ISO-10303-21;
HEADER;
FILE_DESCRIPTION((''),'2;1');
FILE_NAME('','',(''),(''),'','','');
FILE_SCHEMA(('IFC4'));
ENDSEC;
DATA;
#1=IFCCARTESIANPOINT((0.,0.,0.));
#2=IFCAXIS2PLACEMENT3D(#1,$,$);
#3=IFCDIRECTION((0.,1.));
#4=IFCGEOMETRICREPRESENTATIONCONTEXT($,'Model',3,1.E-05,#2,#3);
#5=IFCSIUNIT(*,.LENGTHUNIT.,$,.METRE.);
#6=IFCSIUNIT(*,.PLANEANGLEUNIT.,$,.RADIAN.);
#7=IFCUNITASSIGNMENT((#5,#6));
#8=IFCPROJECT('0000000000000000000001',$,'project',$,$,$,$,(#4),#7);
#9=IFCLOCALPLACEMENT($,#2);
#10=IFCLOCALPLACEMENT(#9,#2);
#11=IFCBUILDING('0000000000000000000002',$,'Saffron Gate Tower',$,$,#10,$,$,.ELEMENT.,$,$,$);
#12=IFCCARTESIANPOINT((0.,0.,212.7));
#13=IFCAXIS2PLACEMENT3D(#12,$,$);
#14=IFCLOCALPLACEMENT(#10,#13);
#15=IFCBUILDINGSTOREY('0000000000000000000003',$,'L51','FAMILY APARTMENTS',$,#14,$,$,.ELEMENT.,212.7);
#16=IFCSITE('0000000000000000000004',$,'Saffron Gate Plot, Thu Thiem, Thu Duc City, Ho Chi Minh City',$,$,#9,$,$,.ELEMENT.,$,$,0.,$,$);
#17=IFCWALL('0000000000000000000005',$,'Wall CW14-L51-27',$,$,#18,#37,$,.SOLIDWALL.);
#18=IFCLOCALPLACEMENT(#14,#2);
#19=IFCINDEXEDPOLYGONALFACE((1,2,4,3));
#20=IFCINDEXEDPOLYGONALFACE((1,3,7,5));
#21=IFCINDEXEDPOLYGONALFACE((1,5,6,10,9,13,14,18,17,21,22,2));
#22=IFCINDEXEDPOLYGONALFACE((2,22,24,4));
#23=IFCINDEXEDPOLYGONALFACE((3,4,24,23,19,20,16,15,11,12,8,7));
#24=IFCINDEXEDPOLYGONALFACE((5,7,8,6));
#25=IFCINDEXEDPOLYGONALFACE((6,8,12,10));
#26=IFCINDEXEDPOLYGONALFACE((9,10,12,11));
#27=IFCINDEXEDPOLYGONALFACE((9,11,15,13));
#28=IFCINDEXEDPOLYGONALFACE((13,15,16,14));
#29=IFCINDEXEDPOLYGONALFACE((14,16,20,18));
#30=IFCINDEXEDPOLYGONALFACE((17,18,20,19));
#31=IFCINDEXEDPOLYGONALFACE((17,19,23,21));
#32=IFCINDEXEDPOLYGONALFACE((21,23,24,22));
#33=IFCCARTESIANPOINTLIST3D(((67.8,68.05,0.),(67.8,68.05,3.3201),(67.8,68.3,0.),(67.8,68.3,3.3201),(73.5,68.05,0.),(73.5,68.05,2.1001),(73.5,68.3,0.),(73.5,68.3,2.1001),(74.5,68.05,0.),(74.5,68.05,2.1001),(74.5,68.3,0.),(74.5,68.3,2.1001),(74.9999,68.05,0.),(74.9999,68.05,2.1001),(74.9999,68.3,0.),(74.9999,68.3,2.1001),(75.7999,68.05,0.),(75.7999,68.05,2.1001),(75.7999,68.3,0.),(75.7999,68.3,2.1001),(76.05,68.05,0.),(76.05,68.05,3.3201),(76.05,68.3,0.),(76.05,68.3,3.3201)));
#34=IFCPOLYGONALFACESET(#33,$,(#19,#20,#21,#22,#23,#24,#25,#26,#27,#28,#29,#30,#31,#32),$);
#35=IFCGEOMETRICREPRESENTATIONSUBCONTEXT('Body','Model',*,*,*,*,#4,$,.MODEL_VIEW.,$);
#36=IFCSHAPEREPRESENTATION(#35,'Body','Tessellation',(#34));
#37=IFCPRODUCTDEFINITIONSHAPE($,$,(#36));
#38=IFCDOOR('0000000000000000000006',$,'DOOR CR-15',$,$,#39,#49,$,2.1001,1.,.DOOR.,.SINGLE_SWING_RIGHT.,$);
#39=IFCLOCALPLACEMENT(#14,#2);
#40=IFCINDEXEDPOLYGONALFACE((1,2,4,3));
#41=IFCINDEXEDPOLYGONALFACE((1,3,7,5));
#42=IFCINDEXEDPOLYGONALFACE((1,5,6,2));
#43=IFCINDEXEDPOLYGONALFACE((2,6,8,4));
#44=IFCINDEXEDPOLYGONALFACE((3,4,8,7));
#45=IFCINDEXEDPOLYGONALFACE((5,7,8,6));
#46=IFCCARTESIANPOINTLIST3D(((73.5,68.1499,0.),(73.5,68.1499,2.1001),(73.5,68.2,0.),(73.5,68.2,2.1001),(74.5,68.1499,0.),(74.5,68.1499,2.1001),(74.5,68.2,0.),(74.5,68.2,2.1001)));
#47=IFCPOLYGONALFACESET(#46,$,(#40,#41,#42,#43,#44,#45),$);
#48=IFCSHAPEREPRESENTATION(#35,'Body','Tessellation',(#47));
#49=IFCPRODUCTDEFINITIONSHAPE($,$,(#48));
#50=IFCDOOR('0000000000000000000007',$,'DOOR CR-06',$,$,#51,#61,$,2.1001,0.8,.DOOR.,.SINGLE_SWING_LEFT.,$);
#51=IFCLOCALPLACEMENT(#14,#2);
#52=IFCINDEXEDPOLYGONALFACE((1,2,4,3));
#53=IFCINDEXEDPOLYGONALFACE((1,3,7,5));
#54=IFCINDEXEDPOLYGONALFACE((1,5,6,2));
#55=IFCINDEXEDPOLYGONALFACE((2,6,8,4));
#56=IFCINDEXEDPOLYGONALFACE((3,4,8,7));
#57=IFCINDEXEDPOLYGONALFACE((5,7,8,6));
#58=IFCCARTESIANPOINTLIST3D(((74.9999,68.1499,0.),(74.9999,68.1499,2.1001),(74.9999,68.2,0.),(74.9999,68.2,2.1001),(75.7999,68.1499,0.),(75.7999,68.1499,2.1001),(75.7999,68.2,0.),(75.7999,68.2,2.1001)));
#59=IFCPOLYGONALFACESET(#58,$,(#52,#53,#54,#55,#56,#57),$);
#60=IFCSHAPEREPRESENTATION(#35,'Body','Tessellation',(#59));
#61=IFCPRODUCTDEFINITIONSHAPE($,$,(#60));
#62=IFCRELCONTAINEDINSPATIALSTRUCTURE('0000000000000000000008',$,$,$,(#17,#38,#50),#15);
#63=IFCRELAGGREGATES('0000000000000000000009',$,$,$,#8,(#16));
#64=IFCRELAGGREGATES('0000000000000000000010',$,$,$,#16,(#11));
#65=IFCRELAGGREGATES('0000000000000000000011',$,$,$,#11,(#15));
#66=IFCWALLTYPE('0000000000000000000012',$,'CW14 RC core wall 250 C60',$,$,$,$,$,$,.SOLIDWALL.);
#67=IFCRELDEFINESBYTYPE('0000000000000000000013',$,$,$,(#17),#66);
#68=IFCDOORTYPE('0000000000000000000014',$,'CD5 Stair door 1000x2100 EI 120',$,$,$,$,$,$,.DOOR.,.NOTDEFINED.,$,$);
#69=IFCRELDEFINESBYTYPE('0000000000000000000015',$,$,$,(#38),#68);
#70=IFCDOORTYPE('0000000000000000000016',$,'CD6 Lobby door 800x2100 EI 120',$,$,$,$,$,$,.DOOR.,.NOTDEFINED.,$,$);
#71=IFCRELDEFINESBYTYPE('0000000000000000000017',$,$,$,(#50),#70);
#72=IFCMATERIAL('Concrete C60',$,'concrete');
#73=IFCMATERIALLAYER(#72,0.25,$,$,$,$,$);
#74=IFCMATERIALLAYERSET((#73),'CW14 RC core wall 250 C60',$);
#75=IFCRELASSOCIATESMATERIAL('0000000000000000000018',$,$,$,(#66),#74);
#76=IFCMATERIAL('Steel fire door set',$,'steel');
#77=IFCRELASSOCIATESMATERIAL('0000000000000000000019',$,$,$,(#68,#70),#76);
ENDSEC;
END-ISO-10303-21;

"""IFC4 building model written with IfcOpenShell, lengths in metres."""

from ifc_helpers import new_model, si_unit, direction, frame, frame_2d, origin, place, context, subcontext, project, spatial, rectangle, extrude, material, layer, layer_set, type_object, element, fill, save


model = new_model("IFC4")

# Units and contexts
model_context = context("Model", 3, precision=1e-05, world=origin(), true_north=direction((0.0, 1.0)))
body_context = subcontext(model_context, "Body", "Model", "MODEL_VIEW")
ifc_project = project(units=[si_unit("LENGTHUNIT", "METRE"), si_unit("PLANEANGLEUNIT", "RADIAN")], contexts=[model_context])

# Site, building, storey
site_placement = place(None, origin())
site = spatial("IfcSite", under=ifc_project, at=site_placement, Name="Saffron Gate Plot, Thu Thiem, Thu Duc City, Ho Chi Minh City", CompositionType="ELEMENT", RefElevation=0.0)
building_placement = place(site_placement, origin())
building = spatial("IfcBuilding", under=site, at=building_placement, Name="Saffron Gate Tower", CompositionType="ELEMENT")
storey_placement = place(building_placement, frame((0.0, 0.0, 212.7)))
storey = spatial("IfcBuildingStorey", under=building, at=storey_placement, Name="L51", Description="FAMILY APARTMENTS", CompositionType="ELEMENT", Elevation=212.7)

# Wall, openings, doors
ifc_material_1 = material(Name="Concrete C60", Category="concrete")
ifc_layer_1 = layer(ifc_material_1, 0.25)
ifc_layer_set_1 = layer_set([ifc_layer_1], Name="CW14 RC core wall 250 C60")
wall_type_1 = type_object("IfcWallType", Name="CW14 RC core wall 250 C60", PredefinedType="SOLIDWALL", material=ifc_layer_set_1)
wall_1_placement = place(storey_placement, frame((67.8, 68.175, 0.0), z_axis=(0.0, 0.0, 1.0), x_axis=(1.0, 0.0, 0.0)))
wall_1 = element("IfcWall", 1, at=wall_1_placement, inside=storey, type_object=wall_type_1, Name="Wall CW14-L51-27", PredefinedType="SOLIDWALL", context=body_context, shape_type="SweptSolid", body=[
    extrude(rectangle(XDim=8.25, YDim=0.25, at=frame_2d((4.125, 0.0))), origin(), (0.0, 0.0, 1.0), 3.3201),
])
opening_1_placement = place(wall_1_placement, frame((5.7, 0.0, 0.0)))
opening_1 = element("IfcOpeningElement", 2, at=opening_1_placement, cuts=wall_1, PredefinedType="OPENING", context=body_context, shape_type="SweptSolid", body=[
    extrude(rectangle(XDim=1.0, YDim=2.1001, at=frame_2d((0.5, 1.05))), frame((0.0, 0.135, 0.0), z_axis=(0.0, -1.0, 0.0), x_axis=(1.0, 0.0, 0.0)), (0.0, 0.0, 1.0), 0.27),
])
opening_2_placement = place(wall_1_placement, frame((7.2, 0.0, 0.0)))
opening_2 = element("IfcOpeningElement", 3, at=opening_2_placement, cuts=wall_1, PredefinedType="OPENING", context=body_context, shape_type="SweptSolid", body=[
    extrude(rectangle(XDim=0.8, YDim=2.1001, at=frame_2d((0.3999, 1.05))), frame((0.0, 0.135, 0.0), z_axis=(0.0, -1.0, 0.0), x_axis=(1.0, 0.0, 0.0)), (0.0, 0.0, 1.0), 0.27),
])
ifc_material_2 = material(Name="Steel fire door set", Category="steel")
door_type_1 = type_object("IfcDoorType", Name="CD5 Stair door 1000x2100 EI 120", OperationType="NOTDEFINED", PredefinedType="DOOR", material=ifc_material_2)
door_1_placement = place(opening_1_placement, origin())
door_1 = element("IfcDoor", 4, at=door_1_placement, inside=storey, type_object=door_type_1, Name="DOOR CR-15", OperationType="SINGLE_SWING_RIGHT", OverallHeight=2.1001, OverallWidth=1.0, PredefinedType="DOOR", context=body_context, shape_type="SweptSolid", body=[
    extrude(rectangle(XDim=1.0, YDim=2.1001, at=frame_2d((0.5, 1.05))), frame((0.0, 0.0249, 0.0), z_axis=(0.0, -1.0, 0.0), x_axis=(1.0, 0.0, 0.0)), (0.0, 0.0, 1.0), 0.05),
])
fill(opening_1, door_1)
door_type_2 = type_object("IfcDoorType", Name="CD6 Lobby door 800x2100 EI 120", OperationType="NOTDEFINED", PredefinedType="DOOR", material=ifc_material_2)
door_2_placement = place(opening_2_placement, origin())
door_2 = element("IfcDoor", 5, at=door_2_placement, inside=storey, type_object=door_type_2, Name="DOOR CR-06", OperationType="SINGLE_SWING_LEFT", OverallHeight=2.1001, OverallWidth=0.8, PredefinedType="DOOR", context=body_context, shape_type="SweptSolid", body=[
    extrude(rectangle(XDim=0.8, YDim=2.1001, at=frame_2d((0.3999, 1.05))), frame((0.0, 0.0249, 0.0), z_axis=(0.0, -1.0, 0.0), x_axis=(1.0, 0.0, 0.0)), (0.0, 0.0, 1.0), 0.05),
])
fill(opening_2, door_2)

save(model, "model.ifc")
